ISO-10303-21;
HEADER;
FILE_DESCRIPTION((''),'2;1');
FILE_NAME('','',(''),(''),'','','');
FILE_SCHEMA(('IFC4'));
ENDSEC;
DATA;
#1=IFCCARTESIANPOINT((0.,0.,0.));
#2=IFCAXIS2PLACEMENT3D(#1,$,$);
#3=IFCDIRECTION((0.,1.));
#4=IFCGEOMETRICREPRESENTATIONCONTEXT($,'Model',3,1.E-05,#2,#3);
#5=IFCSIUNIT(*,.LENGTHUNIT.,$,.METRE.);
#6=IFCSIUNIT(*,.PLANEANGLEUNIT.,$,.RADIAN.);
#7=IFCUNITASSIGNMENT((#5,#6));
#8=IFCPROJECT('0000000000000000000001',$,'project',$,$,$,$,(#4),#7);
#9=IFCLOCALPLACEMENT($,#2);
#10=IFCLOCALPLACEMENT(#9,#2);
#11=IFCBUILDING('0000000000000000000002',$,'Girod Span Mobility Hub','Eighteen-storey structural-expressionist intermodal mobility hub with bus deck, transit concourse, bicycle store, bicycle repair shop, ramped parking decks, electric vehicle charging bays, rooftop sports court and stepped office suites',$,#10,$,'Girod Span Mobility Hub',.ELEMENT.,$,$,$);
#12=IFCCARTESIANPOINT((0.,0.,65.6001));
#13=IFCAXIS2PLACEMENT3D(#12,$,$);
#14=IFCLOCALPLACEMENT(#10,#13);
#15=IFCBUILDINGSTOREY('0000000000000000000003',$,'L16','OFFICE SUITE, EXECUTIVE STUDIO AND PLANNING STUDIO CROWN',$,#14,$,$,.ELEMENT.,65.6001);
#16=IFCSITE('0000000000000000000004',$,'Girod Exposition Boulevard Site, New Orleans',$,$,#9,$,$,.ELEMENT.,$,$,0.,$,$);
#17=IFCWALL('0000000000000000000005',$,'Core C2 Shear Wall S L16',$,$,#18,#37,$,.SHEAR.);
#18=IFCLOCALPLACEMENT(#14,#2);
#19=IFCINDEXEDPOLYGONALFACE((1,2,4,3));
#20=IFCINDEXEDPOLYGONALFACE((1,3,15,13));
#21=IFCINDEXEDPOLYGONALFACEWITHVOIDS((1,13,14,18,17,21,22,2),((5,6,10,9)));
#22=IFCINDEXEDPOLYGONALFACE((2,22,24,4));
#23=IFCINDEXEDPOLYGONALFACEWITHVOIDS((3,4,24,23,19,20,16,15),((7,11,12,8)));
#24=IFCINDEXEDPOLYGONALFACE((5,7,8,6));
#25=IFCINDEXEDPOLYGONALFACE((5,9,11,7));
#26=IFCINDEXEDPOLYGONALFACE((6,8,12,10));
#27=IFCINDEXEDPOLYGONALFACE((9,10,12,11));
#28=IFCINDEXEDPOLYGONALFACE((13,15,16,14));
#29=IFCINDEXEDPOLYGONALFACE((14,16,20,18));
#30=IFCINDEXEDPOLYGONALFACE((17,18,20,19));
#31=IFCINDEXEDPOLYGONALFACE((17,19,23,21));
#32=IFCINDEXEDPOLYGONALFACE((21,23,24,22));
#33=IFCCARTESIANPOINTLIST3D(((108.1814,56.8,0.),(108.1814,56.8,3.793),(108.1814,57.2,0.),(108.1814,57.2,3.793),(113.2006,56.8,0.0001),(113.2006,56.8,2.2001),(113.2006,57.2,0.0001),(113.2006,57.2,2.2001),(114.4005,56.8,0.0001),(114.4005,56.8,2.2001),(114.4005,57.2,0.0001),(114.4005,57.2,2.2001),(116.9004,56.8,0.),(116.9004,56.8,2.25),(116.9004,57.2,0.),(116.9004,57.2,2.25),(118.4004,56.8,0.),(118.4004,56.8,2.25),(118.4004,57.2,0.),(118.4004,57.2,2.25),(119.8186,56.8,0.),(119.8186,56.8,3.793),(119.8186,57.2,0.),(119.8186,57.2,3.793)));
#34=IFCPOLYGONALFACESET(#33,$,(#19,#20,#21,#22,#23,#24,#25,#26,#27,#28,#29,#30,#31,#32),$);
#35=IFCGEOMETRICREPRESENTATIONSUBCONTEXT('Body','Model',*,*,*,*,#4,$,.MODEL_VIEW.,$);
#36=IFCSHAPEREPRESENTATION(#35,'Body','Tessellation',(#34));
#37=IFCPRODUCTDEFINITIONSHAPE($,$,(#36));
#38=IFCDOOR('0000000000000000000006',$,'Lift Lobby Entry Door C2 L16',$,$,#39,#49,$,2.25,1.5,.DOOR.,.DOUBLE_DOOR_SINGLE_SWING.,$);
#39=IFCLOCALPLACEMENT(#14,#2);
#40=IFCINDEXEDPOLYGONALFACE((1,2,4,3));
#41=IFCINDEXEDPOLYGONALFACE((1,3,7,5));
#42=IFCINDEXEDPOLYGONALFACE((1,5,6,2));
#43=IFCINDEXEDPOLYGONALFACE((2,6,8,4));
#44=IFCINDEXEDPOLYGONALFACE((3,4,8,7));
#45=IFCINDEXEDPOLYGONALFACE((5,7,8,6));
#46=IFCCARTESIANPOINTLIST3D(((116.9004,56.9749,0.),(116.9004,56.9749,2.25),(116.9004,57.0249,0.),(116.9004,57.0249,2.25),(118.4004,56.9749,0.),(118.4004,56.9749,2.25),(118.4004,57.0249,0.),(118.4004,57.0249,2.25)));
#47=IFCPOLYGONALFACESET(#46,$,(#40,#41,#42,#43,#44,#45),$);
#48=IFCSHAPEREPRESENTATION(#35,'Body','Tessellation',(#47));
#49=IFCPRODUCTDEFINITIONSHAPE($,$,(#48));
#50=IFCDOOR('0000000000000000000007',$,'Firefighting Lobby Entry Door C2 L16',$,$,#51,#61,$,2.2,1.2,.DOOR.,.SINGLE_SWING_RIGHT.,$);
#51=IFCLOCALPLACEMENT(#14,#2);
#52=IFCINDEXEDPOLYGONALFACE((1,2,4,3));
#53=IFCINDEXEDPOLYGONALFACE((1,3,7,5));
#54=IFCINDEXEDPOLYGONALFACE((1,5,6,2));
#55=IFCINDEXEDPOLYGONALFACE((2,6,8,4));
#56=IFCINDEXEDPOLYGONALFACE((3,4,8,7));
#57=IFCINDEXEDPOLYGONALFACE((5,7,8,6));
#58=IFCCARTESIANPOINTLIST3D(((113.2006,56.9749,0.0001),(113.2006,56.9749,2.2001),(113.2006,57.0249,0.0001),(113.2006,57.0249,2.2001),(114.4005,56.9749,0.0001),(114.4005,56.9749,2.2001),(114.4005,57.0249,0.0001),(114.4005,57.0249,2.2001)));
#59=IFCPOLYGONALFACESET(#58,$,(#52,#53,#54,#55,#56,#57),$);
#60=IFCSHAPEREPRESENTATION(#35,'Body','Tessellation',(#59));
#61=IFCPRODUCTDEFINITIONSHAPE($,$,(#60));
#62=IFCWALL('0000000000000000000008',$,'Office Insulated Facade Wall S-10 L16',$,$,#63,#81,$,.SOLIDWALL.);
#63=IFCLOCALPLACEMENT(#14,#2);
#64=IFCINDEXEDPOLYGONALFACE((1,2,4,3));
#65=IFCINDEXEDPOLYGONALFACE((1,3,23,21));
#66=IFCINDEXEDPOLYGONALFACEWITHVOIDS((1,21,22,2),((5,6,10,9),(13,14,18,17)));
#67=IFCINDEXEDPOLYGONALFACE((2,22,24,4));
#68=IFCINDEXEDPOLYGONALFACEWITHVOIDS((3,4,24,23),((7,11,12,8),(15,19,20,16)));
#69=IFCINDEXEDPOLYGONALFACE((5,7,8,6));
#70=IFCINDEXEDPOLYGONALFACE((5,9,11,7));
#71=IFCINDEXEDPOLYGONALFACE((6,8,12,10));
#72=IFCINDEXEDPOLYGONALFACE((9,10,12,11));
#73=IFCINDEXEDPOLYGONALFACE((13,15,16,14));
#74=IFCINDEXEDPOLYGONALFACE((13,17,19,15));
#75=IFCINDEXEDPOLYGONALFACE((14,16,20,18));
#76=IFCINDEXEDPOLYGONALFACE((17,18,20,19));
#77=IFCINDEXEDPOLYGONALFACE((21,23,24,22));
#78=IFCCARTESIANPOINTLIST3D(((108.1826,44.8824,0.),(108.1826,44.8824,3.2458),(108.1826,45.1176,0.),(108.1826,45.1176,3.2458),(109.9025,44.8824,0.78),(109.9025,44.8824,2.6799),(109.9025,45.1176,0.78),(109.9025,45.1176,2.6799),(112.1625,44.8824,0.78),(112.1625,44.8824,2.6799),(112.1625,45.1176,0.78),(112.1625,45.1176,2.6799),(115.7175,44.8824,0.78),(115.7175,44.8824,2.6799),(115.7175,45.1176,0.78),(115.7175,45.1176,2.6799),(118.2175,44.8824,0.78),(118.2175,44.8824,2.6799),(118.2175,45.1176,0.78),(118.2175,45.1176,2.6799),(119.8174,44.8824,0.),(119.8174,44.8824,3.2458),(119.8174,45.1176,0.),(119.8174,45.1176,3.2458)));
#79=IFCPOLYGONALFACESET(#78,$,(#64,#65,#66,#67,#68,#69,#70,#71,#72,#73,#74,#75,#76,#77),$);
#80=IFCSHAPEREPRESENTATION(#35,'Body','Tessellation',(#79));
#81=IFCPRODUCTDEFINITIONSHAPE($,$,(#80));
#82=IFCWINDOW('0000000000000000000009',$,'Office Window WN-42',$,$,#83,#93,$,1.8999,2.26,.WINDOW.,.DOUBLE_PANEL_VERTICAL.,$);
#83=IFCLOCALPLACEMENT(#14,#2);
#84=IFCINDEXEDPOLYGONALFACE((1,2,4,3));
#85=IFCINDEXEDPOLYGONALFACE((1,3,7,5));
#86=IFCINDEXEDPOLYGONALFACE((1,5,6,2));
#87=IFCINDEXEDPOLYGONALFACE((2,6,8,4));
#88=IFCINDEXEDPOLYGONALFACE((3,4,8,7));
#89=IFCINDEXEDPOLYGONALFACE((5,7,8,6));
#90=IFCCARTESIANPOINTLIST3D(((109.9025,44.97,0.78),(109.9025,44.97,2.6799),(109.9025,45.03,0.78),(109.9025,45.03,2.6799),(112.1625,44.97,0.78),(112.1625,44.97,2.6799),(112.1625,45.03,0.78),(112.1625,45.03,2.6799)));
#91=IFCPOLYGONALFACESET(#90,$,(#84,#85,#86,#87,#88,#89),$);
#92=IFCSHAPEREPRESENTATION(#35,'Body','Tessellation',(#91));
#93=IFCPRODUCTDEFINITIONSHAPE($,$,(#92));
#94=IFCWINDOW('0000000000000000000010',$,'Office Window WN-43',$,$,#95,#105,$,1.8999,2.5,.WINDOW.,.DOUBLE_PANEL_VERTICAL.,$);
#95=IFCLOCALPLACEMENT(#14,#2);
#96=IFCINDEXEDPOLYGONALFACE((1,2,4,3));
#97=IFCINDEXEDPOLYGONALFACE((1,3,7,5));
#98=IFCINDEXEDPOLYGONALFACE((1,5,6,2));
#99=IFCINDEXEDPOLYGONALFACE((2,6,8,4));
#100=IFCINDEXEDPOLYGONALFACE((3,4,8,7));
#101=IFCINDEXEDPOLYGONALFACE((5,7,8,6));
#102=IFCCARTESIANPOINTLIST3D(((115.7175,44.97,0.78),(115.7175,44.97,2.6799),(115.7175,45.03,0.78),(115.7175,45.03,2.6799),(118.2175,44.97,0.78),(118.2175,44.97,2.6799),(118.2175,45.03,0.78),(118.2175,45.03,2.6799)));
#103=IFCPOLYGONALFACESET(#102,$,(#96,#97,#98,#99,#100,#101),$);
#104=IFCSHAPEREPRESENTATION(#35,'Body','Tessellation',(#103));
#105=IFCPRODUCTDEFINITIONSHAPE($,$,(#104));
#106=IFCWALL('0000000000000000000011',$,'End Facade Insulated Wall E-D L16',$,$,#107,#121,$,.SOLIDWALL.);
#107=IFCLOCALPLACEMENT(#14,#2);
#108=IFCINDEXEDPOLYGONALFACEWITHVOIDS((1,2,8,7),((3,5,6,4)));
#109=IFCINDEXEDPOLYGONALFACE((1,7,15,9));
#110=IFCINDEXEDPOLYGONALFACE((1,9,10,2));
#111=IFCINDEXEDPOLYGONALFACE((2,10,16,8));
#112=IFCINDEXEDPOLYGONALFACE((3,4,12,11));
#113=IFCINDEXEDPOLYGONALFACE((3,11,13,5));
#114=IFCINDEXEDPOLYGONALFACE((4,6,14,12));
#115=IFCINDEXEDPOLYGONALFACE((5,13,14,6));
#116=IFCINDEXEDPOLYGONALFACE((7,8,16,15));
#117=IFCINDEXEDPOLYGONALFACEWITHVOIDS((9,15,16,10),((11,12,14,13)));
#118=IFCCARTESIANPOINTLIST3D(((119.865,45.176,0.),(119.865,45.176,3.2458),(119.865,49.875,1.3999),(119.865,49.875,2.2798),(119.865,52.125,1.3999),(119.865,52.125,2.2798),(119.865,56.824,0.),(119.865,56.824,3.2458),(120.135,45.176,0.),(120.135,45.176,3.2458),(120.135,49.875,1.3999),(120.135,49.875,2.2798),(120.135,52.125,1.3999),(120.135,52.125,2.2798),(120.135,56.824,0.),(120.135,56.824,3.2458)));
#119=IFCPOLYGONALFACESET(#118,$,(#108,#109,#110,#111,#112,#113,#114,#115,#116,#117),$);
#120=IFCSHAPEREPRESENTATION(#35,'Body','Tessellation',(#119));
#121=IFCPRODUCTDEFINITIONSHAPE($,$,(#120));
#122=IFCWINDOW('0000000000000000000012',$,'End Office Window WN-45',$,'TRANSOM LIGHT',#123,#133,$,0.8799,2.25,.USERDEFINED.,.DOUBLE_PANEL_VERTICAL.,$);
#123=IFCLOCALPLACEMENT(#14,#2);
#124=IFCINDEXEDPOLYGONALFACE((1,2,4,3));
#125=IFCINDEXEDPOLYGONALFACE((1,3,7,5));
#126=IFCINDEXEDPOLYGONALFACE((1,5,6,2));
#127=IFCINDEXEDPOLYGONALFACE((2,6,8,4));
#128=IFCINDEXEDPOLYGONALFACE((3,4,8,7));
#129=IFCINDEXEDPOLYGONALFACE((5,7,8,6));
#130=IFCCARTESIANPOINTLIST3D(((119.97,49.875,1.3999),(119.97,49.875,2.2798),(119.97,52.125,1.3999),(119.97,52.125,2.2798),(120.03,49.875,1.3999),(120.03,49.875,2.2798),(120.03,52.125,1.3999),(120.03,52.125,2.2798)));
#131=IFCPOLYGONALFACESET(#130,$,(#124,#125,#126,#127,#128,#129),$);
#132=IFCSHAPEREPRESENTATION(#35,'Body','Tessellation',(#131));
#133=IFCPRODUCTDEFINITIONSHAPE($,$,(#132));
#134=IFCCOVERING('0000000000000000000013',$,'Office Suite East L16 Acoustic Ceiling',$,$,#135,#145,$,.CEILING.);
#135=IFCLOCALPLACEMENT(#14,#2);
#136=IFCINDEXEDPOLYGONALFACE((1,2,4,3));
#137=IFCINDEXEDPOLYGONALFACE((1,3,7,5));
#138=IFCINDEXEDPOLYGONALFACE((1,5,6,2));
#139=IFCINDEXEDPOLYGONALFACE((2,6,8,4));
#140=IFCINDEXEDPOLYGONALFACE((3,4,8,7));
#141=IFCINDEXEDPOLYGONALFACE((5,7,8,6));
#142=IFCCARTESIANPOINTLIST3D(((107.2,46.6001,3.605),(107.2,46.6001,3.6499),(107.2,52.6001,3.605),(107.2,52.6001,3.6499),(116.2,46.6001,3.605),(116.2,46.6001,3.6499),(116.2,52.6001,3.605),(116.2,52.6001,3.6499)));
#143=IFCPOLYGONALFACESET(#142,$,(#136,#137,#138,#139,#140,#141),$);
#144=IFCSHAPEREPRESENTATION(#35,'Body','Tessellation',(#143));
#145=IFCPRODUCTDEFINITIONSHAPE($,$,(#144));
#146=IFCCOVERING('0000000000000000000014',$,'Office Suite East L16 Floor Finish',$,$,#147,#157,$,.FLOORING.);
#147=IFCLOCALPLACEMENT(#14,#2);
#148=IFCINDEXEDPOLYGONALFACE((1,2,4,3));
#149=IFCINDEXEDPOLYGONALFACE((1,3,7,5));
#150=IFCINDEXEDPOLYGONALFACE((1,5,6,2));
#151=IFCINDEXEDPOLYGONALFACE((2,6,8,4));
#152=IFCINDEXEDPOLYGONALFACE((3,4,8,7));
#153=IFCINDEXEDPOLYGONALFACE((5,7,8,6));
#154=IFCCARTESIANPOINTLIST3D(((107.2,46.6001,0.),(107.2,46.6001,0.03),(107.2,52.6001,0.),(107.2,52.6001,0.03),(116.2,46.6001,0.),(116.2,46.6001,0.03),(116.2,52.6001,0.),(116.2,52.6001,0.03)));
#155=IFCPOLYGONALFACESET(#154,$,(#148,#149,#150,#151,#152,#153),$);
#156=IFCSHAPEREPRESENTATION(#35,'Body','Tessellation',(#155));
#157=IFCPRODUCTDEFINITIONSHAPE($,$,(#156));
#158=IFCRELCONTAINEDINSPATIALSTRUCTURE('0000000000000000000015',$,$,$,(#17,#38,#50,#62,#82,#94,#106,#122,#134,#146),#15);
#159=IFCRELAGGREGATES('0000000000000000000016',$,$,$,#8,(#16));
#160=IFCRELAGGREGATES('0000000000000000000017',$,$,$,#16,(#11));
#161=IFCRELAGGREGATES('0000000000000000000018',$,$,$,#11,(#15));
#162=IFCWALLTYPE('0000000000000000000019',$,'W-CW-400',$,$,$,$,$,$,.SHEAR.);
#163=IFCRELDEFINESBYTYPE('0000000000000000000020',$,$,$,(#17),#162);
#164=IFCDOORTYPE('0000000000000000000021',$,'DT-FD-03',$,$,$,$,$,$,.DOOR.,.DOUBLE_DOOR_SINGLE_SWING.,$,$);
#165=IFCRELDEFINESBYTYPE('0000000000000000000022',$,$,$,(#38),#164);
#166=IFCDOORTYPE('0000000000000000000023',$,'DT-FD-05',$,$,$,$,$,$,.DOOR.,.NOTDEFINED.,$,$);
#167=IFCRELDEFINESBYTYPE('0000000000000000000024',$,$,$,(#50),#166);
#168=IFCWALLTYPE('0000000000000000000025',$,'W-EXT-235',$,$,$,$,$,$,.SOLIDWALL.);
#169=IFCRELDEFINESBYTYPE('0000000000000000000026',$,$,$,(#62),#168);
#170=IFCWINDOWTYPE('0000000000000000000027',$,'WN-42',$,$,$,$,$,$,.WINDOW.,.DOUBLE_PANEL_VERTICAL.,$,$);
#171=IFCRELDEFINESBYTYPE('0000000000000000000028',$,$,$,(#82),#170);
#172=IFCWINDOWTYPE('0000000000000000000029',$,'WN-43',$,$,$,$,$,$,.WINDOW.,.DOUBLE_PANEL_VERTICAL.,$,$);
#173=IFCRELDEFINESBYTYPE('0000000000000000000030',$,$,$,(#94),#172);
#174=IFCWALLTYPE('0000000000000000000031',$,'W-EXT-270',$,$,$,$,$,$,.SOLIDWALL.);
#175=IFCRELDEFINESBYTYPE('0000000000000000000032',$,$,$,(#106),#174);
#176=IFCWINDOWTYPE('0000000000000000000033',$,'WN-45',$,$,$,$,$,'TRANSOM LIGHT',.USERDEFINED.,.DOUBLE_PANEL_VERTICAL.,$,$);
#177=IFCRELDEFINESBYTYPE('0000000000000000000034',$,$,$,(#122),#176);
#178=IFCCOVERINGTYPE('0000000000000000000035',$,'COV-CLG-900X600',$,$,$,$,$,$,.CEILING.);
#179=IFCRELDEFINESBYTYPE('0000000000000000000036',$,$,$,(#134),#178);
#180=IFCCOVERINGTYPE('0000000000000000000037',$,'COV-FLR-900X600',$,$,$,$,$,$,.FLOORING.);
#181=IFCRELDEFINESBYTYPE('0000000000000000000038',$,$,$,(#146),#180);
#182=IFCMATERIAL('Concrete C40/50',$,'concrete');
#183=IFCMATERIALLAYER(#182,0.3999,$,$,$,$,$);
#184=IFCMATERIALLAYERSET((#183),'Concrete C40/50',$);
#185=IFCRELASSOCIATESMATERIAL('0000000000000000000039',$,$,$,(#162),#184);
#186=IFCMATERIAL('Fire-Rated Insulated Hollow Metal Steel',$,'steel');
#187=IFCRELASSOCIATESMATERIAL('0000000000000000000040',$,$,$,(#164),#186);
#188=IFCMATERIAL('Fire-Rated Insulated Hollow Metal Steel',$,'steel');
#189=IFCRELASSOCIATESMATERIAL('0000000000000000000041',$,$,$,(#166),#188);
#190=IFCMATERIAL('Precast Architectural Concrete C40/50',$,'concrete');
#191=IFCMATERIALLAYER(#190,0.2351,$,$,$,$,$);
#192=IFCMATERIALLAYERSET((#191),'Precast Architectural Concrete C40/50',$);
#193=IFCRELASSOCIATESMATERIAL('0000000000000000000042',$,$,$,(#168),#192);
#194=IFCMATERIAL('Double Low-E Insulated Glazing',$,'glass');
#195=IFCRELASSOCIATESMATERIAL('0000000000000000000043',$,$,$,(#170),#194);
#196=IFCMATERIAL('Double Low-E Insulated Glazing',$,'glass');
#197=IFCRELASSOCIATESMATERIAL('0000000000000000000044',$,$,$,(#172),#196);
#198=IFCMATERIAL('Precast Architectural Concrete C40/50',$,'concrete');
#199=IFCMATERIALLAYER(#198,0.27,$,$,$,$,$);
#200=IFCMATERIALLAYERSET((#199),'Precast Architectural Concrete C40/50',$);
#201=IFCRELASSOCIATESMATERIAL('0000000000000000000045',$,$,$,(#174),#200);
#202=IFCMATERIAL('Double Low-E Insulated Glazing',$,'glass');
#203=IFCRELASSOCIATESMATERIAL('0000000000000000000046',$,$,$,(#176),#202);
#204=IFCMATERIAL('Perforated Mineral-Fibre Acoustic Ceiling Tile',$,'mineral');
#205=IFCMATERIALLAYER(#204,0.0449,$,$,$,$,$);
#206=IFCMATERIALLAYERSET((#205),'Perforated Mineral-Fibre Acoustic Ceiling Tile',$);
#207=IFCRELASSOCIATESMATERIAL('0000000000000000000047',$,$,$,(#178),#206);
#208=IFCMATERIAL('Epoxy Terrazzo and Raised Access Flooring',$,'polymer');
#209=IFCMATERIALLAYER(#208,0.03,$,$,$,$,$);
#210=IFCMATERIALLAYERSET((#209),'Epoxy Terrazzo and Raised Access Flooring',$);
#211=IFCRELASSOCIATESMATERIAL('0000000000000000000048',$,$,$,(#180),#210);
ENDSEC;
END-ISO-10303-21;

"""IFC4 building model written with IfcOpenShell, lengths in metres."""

from ifc_helpers import new_model, si_unit, direction, frame, frame_2d, origin, origin_2d, place, context, subcontext, project, spatial, rectangle, extrude, material, layer, layer_set, type_object, element, fill, save


model = new_model("IFC4")

# Units and contexts
model_context = context("Model", 3, precision=1e-05, world=origin(), true_north=direction((0.0, 1.0)))
body_context = subcontext(model_context, "Body", "Model", "MODEL_VIEW")
ifc_project = project(units=[si_unit("LENGTHUNIT", "METRE"), si_unit("PLANEANGLEUNIT", "RADIAN")], contexts=[model_context])

# Site, building, storey
site_placement = place(None, origin())
site = spatial("IfcSite", under=ifc_project, at=site_placement, Name="Girod Exposition Boulevard Site, New Orleans", CompositionType="ELEMENT", RefElevation=0.0)
building_placement = place(site_placement, origin())
building = spatial("IfcBuilding", under=site, at=building_placement, Name="Girod Span Mobility Hub", Description="Eighteen-storey structural-expressionist intermodal mobility hub with bus deck, transit concourse, bicycle store, bicycle repair shop, ramped parking decks, electric vehicle charging bays, rooftop sports court and stepped office suites", LongName="Girod Span Mobility Hub", CompositionType="ELEMENT")
storey_placement = place(building_placement, frame((0.0, 0.0, 65.6001)))
storey = spatial("IfcBuildingStorey", under=building, at=storey_placement, Name="L16", Description="OFFICE SUITE, EXECUTIVE STUDIO AND PLANNING STUDIO CROWN", CompositionType="ELEMENT", Elevation=65.6001)

# Wall, openings, doors
ifc_material_1 = material(Name="Concrete C40/50", Category="concrete")
ifc_layer_1 = layer(ifc_material_1, 0.3999)
ifc_layer_set_1 = layer_set([ifc_layer_1], Name="Concrete C40/50")
wall_type_1 = type_object("IfcWallType", Name="W-CW-400", PredefinedType="SHEAR", material=ifc_layer_set_1)
wall_1_placement = place(storey_placement, frame((108.1814, 57.0, 0.0), z_axis=(0.0, 0.0, 1.0), x_axis=(1.0, 0.0, 0.0)))
wall_1 = element("IfcWall", 1, at=wall_1_placement, inside=storey, type_object=wall_type_1, Name="Core C2 Shear Wall S L16", PredefinedType="SHEAR", context=body_context, shape_type="SweptSolid", body=[
    extrude(rectangle(XDim=11.6372, YDim=0.3999, at=frame_2d((5.8186, 0.0))), origin(), (0.0, 0.0, 1.0), 3.793),
])
opening_1_placement = place(wall_1_placement, frame((5.019, 0.0, 0.0)))
opening_1 = element("IfcOpeningElement", 2, at=opening_1_placement, cuts=wall_1, PredefinedType="OPENING", context=body_context, shape_type="SweptSolid", body=[
    extrude(rectangle(XDim=1.2, YDim=2.2, at=frame_2d((0.6001, 1.1001))), frame((0.0, 0.2148, 0.0), z_axis=(0.0, -1.0, 0.0), x_axis=(1.0, 0.0, 0.0)), (0.0, 0.0, 1.0), 0.4299),
])
opening_2_placement = place(wall_1_placement, frame((8.719, 0.0, 0.0)))
opening_2 = element("IfcOpeningElement", 3, at=opening_2_placement, cuts=wall_1, PredefinedType="OPENING", context=body_context, shape_type="SweptSolid", body=[
    extrude(rectangle(XDim=1.5, YDim=2.25, at=frame_2d((0.75, 1.125))), frame((0.0, 0.2148, 0.0), z_axis=(0.0, -1.0, 0.0), x_axis=(1.0, 0.0, 0.0)), (0.0, 0.0, 1.0), 0.4299),
])
ifc_material_2 = material(Name="Fire-Rated Insulated Hollow Metal Steel", Category="steel")
door_type_1 = type_object("IfcDoorType", Name="DT-FD-03", OperationType="DOUBLE_DOOR_SINGLE_SWING", PredefinedType="DOOR", material=ifc_material_2)
door_1_placement = place(opening_2_placement, origin())
door_1 = element("IfcDoor", 4, at=door_1_placement, inside=storey, type_object=door_type_1, Name="Lift Lobby Entry Door C2 L16", OperationType="DOUBLE_DOOR_SINGLE_SWING", OverallHeight=2.25, OverallWidth=1.5, PredefinedType="DOOR", context=body_context, shape_type="SweptSolid", body=[
    extrude(rectangle(XDim=1.5, YDim=2.25, at=frame_2d((0.75, 1.125))), frame((0.0, 0.0249, 0.0), z_axis=(0.0, -1.0, 0.0), x_axis=(1.0, 0.0, 0.0)), (0.0, 0.0, 1.0), 0.05),
])
fill(opening_2, door_1)
ifc_material_3 = material(Name="Fire-Rated Insulated Hollow Metal Steel", Category="steel")
door_type_2 = type_object("IfcDoorType", Name="DT-FD-05", OperationType="NOTDEFINED", PredefinedType="DOOR", material=ifc_material_3)
door_2_placement = place(opening_1_placement, origin())
door_2 = element("IfcDoor", 5, at=door_2_placement, inside=storey, type_object=door_type_2, Name="Firefighting Lobby Entry Door C2 L16", OperationType="SINGLE_SWING_RIGHT", OverallHeight=2.2, OverallWidth=1.2, PredefinedType="DOOR", context=body_context, shape_type="SweptSolid", body=[
    extrude(rectangle(XDim=1.2, YDim=2.2, at=frame_2d((0.6001, 1.1001))), frame((0.0, 0.0249, 0.0), z_axis=(0.0, -1.0, 0.0), x_axis=(1.0, 0.0, 0.0)), (0.0, 0.0, 1.0), 0.05),
])
fill(opening_1, door_2)

# Wall, openings, windows
ifc_material_4 = material(Name="Precast Architectural Concrete C40/50", Category="concrete")
ifc_layer_2 = layer(ifc_material_4, 0.2351)
ifc_layer_set_2 = layer_set([ifc_layer_2], Name="Precast Architectural Concrete C40/50")
wall_type_2 = type_object("IfcWallType", Name="W-EXT-235", PredefinedType="SOLIDWALL", material=ifc_layer_set_2)
wall_2_placement = place(storey_placement, frame((108.1826, 45.0, 0.0), z_axis=(0.0, 0.0, 1.0), x_axis=(1.0, 0.0, 0.0)))
wall_2 = element("IfcWall", 6, at=wall_2_placement, inside=storey, type_object=wall_type_2, Name="Office Insulated Facade Wall S-10 L16", PredefinedType="SOLIDWALL", context=body_context, shape_type="SweptSolid", body=[
    extrude(rectangle(XDim=11.6348, YDim=0.2351, at=frame_2d((5.8174, 0.0))), origin(), (0.0, 0.0, 1.0), 3.2458),
])
opening_3_placement = place(wall_2_placement, frame((1.72, 0.0, 0.78)))
opening_3 = element("IfcOpeningElement", 7, at=opening_3_placement, cuts=wall_2, PredefinedType="OPENING", context=body_context, shape_type="SweptSolid", body=[
    extrude(rectangle(XDim=2.26, YDim=1.8999, at=frame_2d((1.1299, 0.95))), frame((0.0, 0.1326, 0.0), z_axis=(0.0, -1.0, 0.0), x_axis=(1.0, 0.0, 0.0)), (0.0, 0.0, 1.0), 0.2651),
])
opening_4_placement = place(wall_2_placement, frame((7.5349, 0.0, 0.78)))
opening_4 = element("IfcOpeningElement", 8, at=opening_4_placement, cuts=wall_2, PredefinedType="OPENING", context=body_context, shape_type="SweptSolid", body=[
    extrude(rectangle(XDim=2.5, YDim=1.8999, at=frame_2d((1.25, 0.95))), frame((0.0, 0.1326, 0.0), z_axis=(0.0, -1.0, 0.0), x_axis=(1.0, 0.0, 0.0)), (0.0, 0.0, 1.0), 0.2651),
])
ifc_material_5 = material(Name="Double Low-E Insulated Glazing", Category="glass")
window_type_1 = type_object("IfcWindowType", Name="WN-42", PartitioningType="DOUBLE_PANEL_VERTICAL", PredefinedType="WINDOW", material=ifc_material_5)
window_1_placement = place(opening_3_placement, origin())
window_1 = element("IfcWindow", 9, at=window_1_placement, inside=storey, type_object=window_type_1, Name="Office Window WN-42", OverallHeight=1.8999, OverallWidth=2.26, PartitioningType="DOUBLE_PANEL_VERTICAL", PredefinedType="WINDOW", context=body_context, shape_type="SweptSolid", body=[
    extrude(rectangle(XDim=2.26, YDim=1.8999, at=frame_2d((1.1299, 0.95))), frame((0.0, 0.03, 0.0), z_axis=(0.0, -1.0, 0.0), x_axis=(1.0, 0.0, 0.0)), (0.0, 0.0, 1.0), 0.0601),
])
fill(opening_3, window_1)
ifc_material_6 = material(Name="Double Low-E Insulated Glazing", Category="glass")
window_type_2 = type_object("IfcWindowType", Name="WN-43", PartitioningType="DOUBLE_PANEL_VERTICAL", PredefinedType="WINDOW", material=ifc_material_6)
window_2_placement = place(opening_4_placement, origin())
window_2 = element("IfcWindow", 10, at=window_2_placement, inside=storey, type_object=window_type_2, Name="Office Window WN-43", OverallHeight=1.8999, OverallWidth=2.5, PartitioningType="DOUBLE_PANEL_VERTICAL", PredefinedType="WINDOW", context=body_context, shape_type="SweptSolid", body=[
    extrude(rectangle(XDim=2.5, YDim=1.8999, at=frame_2d((1.25, 0.95))), frame((0.0, 0.03, 0.0), z_axis=(0.0, -1.0, 0.0), x_axis=(1.0, 0.0, 0.0)), (0.0, 0.0, 1.0), 0.0601),
])
fill(opening_4, window_2)

# Wall, opening, window
ifc_material_7 = material(Name="Precast Architectural Concrete C40/50", Category="concrete")
ifc_layer_3 = layer(ifc_material_7, 0.27)
ifc_layer_set_3 = layer_set([ifc_layer_3], Name="Precast Architectural Concrete C40/50")
wall_type_3 = type_object("IfcWallType", Name="W-EXT-270", PredefinedType="SOLIDWALL", material=ifc_layer_set_3)
wall_3_placement = place(storey_placement, frame((120.0, 45.176, 0.0), z_axis=(0.0, 0.0, 1.0), x_axis=(0.0, 1.0, 0.0)))
wall_3 = element("IfcWall", 11, at=wall_3_placement, inside=storey, type_object=wall_type_3, Name="End Facade Insulated Wall E-D L16", PredefinedType="SOLIDWALL", context=body_context, shape_type="SweptSolid", body=[
    extrude(rectangle(XDim=11.6479, YDim=0.27, at=frame_2d((5.824, 0.0))), origin(), (0.0, 0.0, 1.0), 3.2458),
])
opening_5_placement = place(wall_3_placement, frame((4.699, 0.0, 1.3999)))
opening_5 = element("IfcOpeningElement", 12, at=opening_5_placement, cuts=wall_3, PredefinedType="OPENING", context=body_context, shape_type="SweptSolid", body=[
    extrude(rectangle(XDim=2.25, YDim=0.8799, at=frame_2d((1.125, 0.4399))), frame((0.0, 0.1499, 0.0), z_axis=(0.0, -1.0, 0.0), x_axis=(1.0, 0.0, 0.0)), (0.0, 0.0, 1.0), 0.3),
])
ifc_material_8 = material(Name="Double Low-E Insulated Glazing", Category="glass")
window_type_3 = type_object("IfcWindowType", Name="WN-45", ElementType="TRANSOM LIGHT", PartitioningType="DOUBLE_PANEL_VERTICAL", PredefinedType="USERDEFINED", material=ifc_material_8)
window_3_placement = place(opening_5_placement, origin())
window_3 = element("IfcWindow", 13, at=window_3_placement, inside=storey, type_object=window_type_3, Name="End Office Window WN-45", ObjectType="TRANSOM LIGHT", OverallHeight=0.8799, OverallWidth=2.25, PartitioningType="DOUBLE_PANEL_VERTICAL", PredefinedType="USERDEFINED", context=body_context, shape_type="SweptSolid", body=[
    extrude(rectangle(XDim=2.25, YDim=0.8799, at=frame_2d((1.125, 0.4399))), frame((0.0, 0.03, 0.0), z_axis=(0.0, -1.0, 0.0), x_axis=(1.0, 0.0, 0.0)), (0.0, 0.0, 1.0), 0.0601),
])
fill(opening_5, window_3)

# Coverings
ifc_material_9 = material(Name="Perforated Mineral-Fibre Acoustic Ceiling Tile", Category="mineral")
ifc_layer_4 = layer(ifc_material_9, 0.0449)
ifc_layer_set_4 = layer_set([ifc_layer_4], Name="Perforated Mineral-Fibre Acoustic Ceiling Tile")
covering_type_1 = type_object("IfcCoveringType", Name="COV-CLG-900X600", PredefinedType="CEILING", material=ifc_layer_set_4)
covering_1_placement = place(storey_placement, frame((111.7, 49.6001, 3.605), z_axis=(0.0, 0.0, 1.0), x_axis=(1.0, 0.0, 0.0)))
element("IfcCovering", 14, at=covering_1_placement, inside=storey, type_object=covering_type_1, Name="Office Suite East L16 Acoustic Ceiling", PredefinedType="CEILING", context=body_context, shape_type="SweptSolid", body=[
    extrude(rectangle(XDim=9.0, YDim=6.0, at=origin_2d()), origin(), (0.0, 0.0, 1.0), 0.0449),
])
ifc_material_10 = material(Name="Epoxy Terrazzo and Raised Access Flooring", Category="polymer")
ifc_layer_5 = layer(ifc_material_10, 0.03)
ifc_layer_set_5 = layer_set([ifc_layer_5], Name="Epoxy Terrazzo and Raised Access Flooring")
covering_type_2 = type_object("IfcCoveringType", Name="COV-FLR-900X600", PredefinedType="FLOORING", material=ifc_layer_set_5)
covering_2_placement = place(storey_placement, frame((111.7, 49.6001, 0.0), z_axis=(0.0, 0.0, 1.0), x_axis=(1.0, 0.0, 0.0)))
element("IfcCovering", 15, at=covering_2_placement, inside=storey, type_object=covering_type_2, Name="Office Suite East L16 Floor Finish", PredefinedType="FLOORING", context=body_context, shape_type="SweptSolid", body=[
    extrude(rectangle(XDim=9.0, YDim=6.0, at=origin_2d()), origin(), (0.0, 0.0, 1.0), 0.03),
])

save(model, "model.ifc")
